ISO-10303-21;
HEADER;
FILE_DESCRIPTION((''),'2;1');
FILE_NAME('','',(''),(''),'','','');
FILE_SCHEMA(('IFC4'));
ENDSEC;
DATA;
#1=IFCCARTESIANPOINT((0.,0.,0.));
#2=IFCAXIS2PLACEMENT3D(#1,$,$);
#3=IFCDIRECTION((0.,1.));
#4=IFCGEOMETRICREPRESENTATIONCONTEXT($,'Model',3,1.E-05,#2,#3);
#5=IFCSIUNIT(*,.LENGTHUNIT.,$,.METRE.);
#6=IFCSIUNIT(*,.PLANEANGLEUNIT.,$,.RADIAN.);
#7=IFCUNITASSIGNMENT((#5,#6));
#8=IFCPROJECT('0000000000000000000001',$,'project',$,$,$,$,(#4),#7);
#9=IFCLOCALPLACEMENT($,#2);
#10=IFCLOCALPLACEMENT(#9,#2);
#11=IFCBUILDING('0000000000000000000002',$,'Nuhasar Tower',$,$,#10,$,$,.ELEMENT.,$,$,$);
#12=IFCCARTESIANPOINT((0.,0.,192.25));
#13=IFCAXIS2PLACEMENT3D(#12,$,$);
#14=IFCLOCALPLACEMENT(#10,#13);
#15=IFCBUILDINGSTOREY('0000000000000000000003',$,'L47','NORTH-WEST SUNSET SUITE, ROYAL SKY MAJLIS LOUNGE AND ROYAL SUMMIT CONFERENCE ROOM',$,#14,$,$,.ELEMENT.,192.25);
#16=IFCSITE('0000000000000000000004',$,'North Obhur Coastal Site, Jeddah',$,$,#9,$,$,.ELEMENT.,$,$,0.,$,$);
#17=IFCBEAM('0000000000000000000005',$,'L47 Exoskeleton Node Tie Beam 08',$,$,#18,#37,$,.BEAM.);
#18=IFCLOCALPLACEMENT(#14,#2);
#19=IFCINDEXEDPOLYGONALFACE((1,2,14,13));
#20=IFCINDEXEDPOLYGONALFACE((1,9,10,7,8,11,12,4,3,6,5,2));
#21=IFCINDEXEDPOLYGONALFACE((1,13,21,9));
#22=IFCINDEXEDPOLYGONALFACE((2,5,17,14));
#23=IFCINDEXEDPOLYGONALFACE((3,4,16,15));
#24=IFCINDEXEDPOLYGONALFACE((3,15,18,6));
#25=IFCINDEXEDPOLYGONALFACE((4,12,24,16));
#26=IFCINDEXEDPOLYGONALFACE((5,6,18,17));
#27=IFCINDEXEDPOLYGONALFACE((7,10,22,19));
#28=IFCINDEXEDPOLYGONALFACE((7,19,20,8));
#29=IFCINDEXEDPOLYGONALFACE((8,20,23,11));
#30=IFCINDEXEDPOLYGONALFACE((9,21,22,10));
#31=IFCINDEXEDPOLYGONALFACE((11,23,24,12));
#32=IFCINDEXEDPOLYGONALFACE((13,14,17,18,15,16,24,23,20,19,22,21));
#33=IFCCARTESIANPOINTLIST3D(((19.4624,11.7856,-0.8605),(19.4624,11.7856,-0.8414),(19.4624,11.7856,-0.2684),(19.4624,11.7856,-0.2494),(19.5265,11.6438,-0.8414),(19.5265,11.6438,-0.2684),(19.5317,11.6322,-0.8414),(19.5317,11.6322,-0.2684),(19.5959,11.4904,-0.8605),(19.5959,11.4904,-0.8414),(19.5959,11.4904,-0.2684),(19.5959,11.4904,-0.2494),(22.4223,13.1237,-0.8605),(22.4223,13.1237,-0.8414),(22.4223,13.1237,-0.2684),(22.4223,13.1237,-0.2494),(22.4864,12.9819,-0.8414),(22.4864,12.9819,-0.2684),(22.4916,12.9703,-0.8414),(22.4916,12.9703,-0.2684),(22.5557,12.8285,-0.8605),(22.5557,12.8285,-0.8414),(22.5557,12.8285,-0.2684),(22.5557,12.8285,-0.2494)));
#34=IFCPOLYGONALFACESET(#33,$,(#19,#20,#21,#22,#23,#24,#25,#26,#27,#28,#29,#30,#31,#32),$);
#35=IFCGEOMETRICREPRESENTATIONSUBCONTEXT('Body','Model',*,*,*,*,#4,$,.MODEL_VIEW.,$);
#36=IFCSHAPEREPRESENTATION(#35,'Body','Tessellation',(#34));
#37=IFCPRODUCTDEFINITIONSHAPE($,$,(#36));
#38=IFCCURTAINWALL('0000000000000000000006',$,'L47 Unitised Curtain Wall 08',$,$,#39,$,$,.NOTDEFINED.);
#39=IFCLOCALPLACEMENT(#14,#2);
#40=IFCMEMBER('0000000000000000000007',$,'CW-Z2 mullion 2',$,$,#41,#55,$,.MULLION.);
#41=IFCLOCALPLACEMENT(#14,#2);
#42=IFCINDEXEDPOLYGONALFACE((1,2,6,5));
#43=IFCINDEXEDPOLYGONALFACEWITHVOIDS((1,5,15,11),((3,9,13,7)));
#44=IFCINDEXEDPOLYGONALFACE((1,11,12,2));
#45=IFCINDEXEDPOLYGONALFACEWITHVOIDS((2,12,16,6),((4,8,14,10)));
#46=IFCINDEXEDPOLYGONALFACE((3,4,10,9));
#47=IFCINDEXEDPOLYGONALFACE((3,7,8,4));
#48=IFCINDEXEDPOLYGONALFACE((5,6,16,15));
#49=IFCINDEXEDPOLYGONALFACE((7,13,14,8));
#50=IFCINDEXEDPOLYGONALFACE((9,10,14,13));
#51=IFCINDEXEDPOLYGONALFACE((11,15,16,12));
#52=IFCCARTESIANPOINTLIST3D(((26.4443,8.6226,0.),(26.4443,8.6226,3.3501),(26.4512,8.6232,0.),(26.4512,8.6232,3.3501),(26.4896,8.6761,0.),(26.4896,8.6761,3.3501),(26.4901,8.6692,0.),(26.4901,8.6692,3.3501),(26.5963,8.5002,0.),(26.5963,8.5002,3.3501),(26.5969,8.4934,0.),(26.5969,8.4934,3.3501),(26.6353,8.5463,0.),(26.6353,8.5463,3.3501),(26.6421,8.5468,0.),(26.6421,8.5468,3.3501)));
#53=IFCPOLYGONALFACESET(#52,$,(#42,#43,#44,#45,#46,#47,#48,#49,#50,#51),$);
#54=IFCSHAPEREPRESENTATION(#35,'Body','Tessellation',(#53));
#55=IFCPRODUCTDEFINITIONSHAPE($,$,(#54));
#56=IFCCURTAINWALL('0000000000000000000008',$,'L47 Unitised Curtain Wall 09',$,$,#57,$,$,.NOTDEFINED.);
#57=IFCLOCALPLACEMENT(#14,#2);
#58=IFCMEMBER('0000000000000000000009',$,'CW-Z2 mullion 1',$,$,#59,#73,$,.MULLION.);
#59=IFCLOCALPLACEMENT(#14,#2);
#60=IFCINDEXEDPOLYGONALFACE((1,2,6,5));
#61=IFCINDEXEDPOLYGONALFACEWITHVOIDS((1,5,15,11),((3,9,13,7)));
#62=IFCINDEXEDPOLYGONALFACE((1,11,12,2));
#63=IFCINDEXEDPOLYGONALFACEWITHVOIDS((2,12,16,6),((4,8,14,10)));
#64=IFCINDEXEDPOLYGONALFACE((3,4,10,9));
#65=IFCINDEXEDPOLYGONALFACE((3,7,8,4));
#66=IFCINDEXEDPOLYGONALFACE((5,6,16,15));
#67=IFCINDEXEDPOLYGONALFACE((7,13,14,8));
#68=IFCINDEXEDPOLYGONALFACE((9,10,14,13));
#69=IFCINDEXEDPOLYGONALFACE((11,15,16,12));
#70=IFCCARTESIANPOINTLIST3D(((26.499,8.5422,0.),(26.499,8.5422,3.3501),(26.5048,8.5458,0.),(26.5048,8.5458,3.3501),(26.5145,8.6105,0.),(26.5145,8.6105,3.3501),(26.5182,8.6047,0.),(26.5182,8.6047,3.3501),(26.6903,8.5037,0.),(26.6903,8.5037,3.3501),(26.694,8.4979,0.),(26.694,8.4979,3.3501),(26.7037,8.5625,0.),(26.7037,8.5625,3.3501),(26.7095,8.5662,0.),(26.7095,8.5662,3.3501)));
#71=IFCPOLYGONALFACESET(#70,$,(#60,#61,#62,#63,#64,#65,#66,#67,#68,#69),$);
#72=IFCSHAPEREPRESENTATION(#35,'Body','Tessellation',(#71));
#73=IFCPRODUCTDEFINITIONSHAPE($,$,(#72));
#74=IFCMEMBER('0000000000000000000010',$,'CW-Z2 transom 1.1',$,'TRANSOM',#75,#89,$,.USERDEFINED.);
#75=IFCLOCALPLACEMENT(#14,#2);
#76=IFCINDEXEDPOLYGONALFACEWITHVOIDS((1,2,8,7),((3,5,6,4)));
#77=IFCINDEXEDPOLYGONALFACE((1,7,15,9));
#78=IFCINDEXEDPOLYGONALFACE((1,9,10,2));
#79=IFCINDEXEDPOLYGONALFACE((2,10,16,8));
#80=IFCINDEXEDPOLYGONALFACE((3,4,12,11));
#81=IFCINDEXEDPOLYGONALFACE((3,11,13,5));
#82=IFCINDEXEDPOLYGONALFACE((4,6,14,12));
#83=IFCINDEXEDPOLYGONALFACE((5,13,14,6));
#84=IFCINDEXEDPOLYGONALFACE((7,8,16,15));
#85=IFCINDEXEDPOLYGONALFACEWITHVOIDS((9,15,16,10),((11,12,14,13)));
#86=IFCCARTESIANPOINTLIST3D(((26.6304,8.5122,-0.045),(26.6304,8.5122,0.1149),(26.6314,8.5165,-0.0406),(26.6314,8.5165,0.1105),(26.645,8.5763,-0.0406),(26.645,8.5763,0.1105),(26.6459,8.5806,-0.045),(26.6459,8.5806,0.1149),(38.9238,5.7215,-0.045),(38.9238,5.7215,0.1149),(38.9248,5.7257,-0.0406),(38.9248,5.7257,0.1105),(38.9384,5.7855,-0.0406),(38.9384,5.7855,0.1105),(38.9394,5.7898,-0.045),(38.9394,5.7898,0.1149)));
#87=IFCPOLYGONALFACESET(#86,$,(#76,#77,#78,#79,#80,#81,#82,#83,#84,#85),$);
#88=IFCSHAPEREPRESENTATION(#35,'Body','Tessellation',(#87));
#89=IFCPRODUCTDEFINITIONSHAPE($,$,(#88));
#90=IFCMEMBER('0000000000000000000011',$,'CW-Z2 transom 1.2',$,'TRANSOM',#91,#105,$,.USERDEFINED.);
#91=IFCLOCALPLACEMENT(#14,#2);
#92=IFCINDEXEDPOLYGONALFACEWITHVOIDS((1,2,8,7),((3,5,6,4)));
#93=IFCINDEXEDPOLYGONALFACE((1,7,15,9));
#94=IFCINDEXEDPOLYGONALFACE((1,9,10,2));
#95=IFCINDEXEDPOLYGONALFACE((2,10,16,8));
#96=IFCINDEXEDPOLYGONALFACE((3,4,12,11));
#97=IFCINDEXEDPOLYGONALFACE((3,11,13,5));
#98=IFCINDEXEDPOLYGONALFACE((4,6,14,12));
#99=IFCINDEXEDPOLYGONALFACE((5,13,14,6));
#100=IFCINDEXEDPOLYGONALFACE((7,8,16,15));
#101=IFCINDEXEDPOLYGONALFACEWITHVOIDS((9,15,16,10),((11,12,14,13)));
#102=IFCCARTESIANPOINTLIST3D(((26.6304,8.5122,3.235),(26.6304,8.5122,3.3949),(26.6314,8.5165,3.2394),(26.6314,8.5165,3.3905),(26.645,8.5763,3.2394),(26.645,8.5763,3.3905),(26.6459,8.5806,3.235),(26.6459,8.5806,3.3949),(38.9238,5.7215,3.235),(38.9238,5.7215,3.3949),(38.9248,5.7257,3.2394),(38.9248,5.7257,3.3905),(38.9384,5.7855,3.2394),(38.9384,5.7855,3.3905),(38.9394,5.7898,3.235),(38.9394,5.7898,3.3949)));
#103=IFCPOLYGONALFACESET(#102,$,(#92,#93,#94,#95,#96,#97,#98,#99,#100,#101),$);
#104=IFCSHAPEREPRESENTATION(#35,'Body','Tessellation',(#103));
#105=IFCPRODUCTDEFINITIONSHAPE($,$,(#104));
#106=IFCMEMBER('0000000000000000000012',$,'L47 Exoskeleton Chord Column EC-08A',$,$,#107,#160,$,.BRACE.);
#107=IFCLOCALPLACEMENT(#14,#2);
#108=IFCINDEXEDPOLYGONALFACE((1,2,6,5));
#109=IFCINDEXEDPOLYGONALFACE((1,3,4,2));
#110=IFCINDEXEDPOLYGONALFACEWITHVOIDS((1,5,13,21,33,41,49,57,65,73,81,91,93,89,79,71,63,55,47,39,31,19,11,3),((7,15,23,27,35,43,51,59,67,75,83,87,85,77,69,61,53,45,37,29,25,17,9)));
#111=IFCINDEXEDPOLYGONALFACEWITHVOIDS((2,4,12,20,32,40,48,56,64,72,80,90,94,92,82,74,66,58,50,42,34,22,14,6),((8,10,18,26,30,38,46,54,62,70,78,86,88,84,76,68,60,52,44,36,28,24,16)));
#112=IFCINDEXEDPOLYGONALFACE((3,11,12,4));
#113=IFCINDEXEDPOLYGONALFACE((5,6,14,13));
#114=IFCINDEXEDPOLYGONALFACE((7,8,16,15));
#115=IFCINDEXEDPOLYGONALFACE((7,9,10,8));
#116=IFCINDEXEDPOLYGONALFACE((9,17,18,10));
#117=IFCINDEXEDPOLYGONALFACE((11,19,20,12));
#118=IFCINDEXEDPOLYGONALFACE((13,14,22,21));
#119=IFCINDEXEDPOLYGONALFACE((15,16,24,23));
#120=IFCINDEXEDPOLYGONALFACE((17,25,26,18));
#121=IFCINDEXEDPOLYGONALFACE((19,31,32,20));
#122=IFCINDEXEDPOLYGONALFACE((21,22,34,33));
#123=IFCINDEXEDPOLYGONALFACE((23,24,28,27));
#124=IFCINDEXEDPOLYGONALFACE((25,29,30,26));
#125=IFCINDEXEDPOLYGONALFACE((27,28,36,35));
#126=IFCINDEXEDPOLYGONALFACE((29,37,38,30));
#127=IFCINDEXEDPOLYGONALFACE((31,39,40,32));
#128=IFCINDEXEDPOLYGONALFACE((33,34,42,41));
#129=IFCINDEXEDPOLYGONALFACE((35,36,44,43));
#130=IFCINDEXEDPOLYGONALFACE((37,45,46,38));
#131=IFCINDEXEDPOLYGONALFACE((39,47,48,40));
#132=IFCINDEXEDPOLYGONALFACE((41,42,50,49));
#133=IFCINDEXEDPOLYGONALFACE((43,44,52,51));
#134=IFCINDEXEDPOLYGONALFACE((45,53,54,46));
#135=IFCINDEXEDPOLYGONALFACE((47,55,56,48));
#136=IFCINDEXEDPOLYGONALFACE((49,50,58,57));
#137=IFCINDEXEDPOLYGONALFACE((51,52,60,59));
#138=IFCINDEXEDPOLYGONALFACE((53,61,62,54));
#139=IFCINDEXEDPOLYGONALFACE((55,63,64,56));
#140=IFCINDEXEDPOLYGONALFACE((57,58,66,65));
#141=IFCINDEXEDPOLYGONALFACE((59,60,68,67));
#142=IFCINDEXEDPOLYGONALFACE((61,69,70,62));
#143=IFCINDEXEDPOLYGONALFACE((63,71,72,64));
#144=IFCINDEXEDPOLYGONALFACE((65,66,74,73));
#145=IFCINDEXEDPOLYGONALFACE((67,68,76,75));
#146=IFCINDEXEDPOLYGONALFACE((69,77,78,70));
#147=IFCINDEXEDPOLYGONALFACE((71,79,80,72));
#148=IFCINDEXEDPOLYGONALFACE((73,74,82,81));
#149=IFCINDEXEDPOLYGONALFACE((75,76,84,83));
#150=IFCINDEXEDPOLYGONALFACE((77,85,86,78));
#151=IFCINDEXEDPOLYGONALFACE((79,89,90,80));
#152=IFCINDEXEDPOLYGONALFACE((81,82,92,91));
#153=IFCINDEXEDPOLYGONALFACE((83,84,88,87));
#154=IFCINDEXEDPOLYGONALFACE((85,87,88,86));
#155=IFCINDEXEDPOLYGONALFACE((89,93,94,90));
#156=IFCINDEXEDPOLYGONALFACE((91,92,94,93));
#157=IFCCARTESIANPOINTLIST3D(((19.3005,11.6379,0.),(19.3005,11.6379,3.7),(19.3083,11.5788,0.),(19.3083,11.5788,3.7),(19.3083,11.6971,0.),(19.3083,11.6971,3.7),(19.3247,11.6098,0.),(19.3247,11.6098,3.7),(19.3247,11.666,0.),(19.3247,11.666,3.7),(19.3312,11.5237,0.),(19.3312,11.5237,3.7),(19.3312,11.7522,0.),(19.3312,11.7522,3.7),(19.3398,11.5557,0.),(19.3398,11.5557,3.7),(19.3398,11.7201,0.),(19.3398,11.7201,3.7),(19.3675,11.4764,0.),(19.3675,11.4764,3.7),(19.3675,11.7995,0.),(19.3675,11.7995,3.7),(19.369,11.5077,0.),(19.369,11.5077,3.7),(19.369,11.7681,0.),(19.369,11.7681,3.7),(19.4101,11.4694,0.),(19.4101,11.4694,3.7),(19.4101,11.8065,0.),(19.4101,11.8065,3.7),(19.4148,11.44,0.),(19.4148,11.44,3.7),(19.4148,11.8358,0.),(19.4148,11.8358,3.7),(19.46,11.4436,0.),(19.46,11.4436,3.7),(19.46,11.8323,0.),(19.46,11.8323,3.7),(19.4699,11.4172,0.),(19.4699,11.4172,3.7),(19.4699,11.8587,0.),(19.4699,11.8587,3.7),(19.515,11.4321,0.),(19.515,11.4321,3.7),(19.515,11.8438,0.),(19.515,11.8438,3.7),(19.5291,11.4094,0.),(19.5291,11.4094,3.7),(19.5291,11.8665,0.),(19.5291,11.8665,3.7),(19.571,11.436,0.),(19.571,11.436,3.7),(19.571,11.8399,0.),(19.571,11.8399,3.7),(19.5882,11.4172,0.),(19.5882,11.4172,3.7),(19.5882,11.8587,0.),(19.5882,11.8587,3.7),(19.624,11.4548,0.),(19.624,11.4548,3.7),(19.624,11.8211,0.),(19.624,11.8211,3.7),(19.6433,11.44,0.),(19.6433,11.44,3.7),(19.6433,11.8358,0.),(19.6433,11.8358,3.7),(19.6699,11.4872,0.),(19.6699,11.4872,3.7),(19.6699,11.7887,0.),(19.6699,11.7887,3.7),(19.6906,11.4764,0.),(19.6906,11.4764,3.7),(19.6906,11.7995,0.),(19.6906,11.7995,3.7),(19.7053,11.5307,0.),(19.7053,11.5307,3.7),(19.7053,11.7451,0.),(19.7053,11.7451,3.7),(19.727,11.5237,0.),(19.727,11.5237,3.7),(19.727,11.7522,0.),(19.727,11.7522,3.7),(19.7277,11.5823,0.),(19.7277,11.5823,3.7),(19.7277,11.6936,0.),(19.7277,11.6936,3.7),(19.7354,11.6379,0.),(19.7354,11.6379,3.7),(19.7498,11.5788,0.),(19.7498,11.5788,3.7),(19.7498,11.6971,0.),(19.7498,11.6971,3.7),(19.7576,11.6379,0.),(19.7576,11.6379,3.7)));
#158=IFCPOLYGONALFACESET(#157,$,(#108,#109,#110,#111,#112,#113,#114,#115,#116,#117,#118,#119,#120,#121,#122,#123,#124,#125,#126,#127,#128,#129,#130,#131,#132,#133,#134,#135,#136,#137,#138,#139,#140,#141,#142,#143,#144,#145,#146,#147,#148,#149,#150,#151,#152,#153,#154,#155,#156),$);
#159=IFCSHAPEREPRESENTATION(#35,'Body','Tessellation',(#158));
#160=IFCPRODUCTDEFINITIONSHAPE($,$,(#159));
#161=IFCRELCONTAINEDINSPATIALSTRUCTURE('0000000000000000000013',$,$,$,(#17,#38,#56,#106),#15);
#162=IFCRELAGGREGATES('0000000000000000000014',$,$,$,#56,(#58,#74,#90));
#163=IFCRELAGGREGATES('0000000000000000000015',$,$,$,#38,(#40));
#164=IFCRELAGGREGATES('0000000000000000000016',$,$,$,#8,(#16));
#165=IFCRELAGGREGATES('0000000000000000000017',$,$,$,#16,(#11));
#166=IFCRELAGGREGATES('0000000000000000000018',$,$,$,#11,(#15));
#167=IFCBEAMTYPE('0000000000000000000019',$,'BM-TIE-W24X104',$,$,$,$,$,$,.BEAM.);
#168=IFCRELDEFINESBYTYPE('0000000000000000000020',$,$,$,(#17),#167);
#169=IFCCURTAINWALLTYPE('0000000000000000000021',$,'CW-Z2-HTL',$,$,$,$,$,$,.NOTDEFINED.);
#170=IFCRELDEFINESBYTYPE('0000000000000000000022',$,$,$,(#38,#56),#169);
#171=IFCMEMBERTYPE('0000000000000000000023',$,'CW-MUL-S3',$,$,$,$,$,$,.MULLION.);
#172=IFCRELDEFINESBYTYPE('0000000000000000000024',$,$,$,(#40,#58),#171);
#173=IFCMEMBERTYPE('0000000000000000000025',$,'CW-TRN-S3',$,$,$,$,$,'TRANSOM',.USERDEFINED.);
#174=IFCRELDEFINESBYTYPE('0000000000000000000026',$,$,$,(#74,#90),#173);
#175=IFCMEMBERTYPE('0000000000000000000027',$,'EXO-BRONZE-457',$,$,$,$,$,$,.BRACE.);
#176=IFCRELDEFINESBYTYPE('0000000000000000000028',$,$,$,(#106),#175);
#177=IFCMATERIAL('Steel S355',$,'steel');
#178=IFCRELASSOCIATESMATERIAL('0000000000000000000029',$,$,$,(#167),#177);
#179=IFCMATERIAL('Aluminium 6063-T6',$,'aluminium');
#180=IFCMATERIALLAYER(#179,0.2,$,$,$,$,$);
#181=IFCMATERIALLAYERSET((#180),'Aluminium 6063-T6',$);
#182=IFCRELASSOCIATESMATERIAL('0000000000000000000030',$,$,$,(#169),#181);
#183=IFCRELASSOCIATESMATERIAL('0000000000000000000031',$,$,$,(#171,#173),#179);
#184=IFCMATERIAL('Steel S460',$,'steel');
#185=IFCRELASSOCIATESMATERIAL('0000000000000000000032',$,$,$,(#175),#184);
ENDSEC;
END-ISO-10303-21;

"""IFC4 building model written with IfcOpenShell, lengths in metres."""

from ifc_helpers import new_model, si_unit, direction, frame, origin, origin_2d, place, context, subcontext, project, spatial, hollow_rectangle, hollow_circle, i_section, extrude, material, layer, layer_set, material_profile, profile_set, type_object, element, aggregate, save


model = new_model("IFC4")

# Units and contexts
model_context = context("Model", 3, precision=1e-05, world=origin(), true_north=direction((0.0, 1.0)))
body_context = subcontext(model_context, "Body", "Model", "MODEL_VIEW")
ifc_project = project(units=[si_unit("LENGTHUNIT", "METRE"), si_unit("PLANEANGLEUNIT", "RADIAN")], contexts=[model_context])

# Site, building, storey
site_placement = place(None, origin())
site = spatial("IfcSite", under=ifc_project, at=site_placement, Name="North Obhur Coastal Site, Jeddah", CompositionType="ELEMENT", RefElevation=0.0)
building_placement = place(site_placement, origin())
building = spatial("IfcBuilding", under=site, at=building_placement, Name="Nuhasar Tower", CompositionType="ELEMENT")
storey_placement = place(building_placement, frame((0.0, 0.0, 192.25)))
storey = spatial("IfcBuildingStorey", under=building, at=storey_placement, Name="L47", Description="NORTH-WEST SUNSET SUITE, ROYAL SKY MAJLIS LOUNGE AND ROYAL SUMMIT CONFERENCE ROOM", CompositionType="ELEMENT", Elevation=192.25)

# Beam
ifc_material_1 = material(Name="Steel S355", Category="steel")
ifc_material_profile_1 = material_profile(ifc_material_1, i_section(OverallWidth=0.324, OverallDepth=0.6111, WebThickness=0.0127, FlangeThickness=0.019, at=origin_2d()), Name="W24X104")
ifc_profile_set_1 = profile_set([ifc_material_profile_1], Name="Steel S355")
beam_type_1 = type_object("IfcBeamType", Name="BM-TIE-W24X104", PredefinedType="BEAM", material=ifc_profile_set_1)
beam_1_placement = place(storey_placement, frame((22.489, 12.9761, -0.5549), z_axis=(-0.911211, -0.411939, 0.0), x_axis=(0.411939, -0.911211, 0.0)))
element("IfcBeam", 1, at=beam_1_placement, inside=storey, type_object=beam_type_1, Name="L47 Exoskeleton Node Tie Beam 08", PredefinedType="BEAM", context=body_context, shape_type="SweptSolid", body=[
    extrude(i_section(OverallWidth=0.324, OverallDepth=0.6111, WebThickness=0.0127, FlangeThickness=0.019, at=origin_2d()), origin(), (0.0, 0.0, 1.0), 3.2483),
])

# Curtain wall, member
ifc_material_2 = material(Name="Aluminium 6063-T6", Category="aluminium")
ifc_layer_1 = layer(ifc_material_2, 0.2)
ifc_layer_set_1 = layer_set([ifc_layer_1], Name="Aluminium 6063-T6")
curtain_wall_type = type_object("IfcCurtainWallType", Name="CW-Z2-HTL", PredefinedType="NOTDEFINED", material=ifc_layer_set_1)
curtain_wall_1_placement = place(storey_placement, origin())
curtain_wall_1 = element("IfcCurtainWall", 2, at=curtain_wall_1_placement, inside=storey, type_object=curtain_wall_type, Name="L47 Unitised Curtain Wall 08", PredefinedType="NOTDEFINED")
ifc_material_profile_2 = material_profile(ifc_material_2, hollow_rectangle(XDim=0.0701, YDim=0.2, WallThickness=0.0049, at=origin_2d()), Name="CWM-3")
ifc_profile_set_2 = profile_set([ifc_material_profile_2], Name="Aluminium 6063-T6")
member_type_1 = type_object("IfcMemberType", Name="CW-MUL-S3", PredefinedType="MULLION", material=ifc_profile_set_2)
member_1_placement = place(storey_placement, frame((26.5432, 8.5847, 0.0), z_axis=(0.0, 0.0, 1.0), x_axis=(0.646374, 0.76302, 0.0)))
member_1 = element("IfcMember", 3, at=member_1_placement, type_object=member_type_1, Name="CW-Z2 mullion 2", PredefinedType="MULLION", context=body_context, shape_type="SweptSolid", body=[
    extrude(hollow_rectangle(XDim=0.0701, YDim=0.2, WallThickness=0.0049, at=origin_2d()), origin(), (0.0, 0.0, 1.0), 3.3501),
])

# Curtain wall, members
curtain_wall_2_placement = place(storey_placement, origin())
curtain_wall_2 = element("IfcCurtainWall", 4, at=curtain_wall_2_placement, inside=storey, type_object=curtain_wall_type, Name="L47 Unitised Curtain Wall 09", PredefinedType="NOTDEFINED")
member_2_placement = place(storey_placement, frame((26.6042, 8.5542, 0.0), z_axis=(0.0, 0.0, 1.0), x_axis=(0.221397, 0.975184, 0.0)))
member_2 = element("IfcMember", 5, at=member_2_placement, type_object=member_type_1, Name="CW-Z2 mullion 1", PredefinedType="MULLION", context=body_context, shape_type="SweptSolid", body=[
    extrude(hollow_rectangle(XDim=0.0701, YDim=0.2, WallThickness=0.0049, at=origin_2d()), origin(), (0.0, 0.0, 1.0), 3.3501),
])
ifc_material_profile_3 = material_profile(ifc_material_2, hollow_rectangle(XDim=0.0701, YDim=0.1599, WallThickness=0.0044, at=origin_2d()), Name="CWT-3")
ifc_profile_set_3 = profile_set([ifc_material_profile_3], Name="Aluminium 6063-T6")
member_type_2 = type_object("IfcMemberType", Name="CW-TRN-S3", ElementType="TRANSOM", PredefinedType="USERDEFINED", material=ifc_profile_set_3)
member_3_placement = place(storey_placement, frame((26.6382, 8.5464, 0.0349), z_axis=(0.975188, -0.22138, 0.0), x_axis=(0.22138, 0.975188, 0.0)))
member_3 = element("IfcMember", 6, at=member_3_placement, type_object=member_type_2, Name="CW-Z2 transom 1.1", ObjectType="TRANSOM", PredefinedType="USERDEFINED", context=body_context, shape_type="SweptSolid", body=[
    extrude(hollow_rectangle(XDim=0.0701, YDim=0.1599, WallThickness=0.0044, at=origin_2d()), origin(), (0.0, 0.0, 1.0), 12.6062),
])
member_4_placement = place(storey_placement, frame((26.6382, 8.5464, 3.3149), z_axis=(0.975188, -0.22138, 0.0), x_axis=(0.22138, 0.975188, 0.0)))
member_4 = element("IfcMember", 7, at=member_4_placement, type_object=member_type_2, Name="CW-Z2 transom 1.2", ObjectType="TRANSOM", PredefinedType="USERDEFINED", context=body_context, shape_type="SweptSolid", body=[
    extrude(hollow_rectangle(XDim=0.0701, YDim=0.1599, WallThickness=0.0044, at=origin_2d()), origin(), (0.0, 0.0, 1.0), 12.6062),
])
aggregate(curtain_wall_2, [member_2, member_3, member_4])

# Member
ifc_material_3 = material(Name="Steel S460", Category="steel")
ifc_material_profile_4 = material_profile(ifc_material_3, hollow_circle(Radius=0.2285, WallThickness=0.0222, at=origin_2d()), Name="HSS457X22.2")
ifc_profile_set_4 = profile_set([ifc_material_profile_4], Name="Steel S460")
member_type_3 = type_object("IfcMemberType", Name="EXO-BRONZE-457", PredefinedType="BRACE", material=ifc_profile_set_4)
for number, where, z_axis, x_axis, name in (
    (8, (19.5291, 11.6379, 0.0), (0.0, 0.0, 1.0), (1.0, 0.0, 0.0), "L47 Exoskeleton Chord Column EC-08A"),
):
    element("IfcMember", number, at=place(storey_placement, frame(where, z_axis=z_axis, x_axis=x_axis)), inside=storey, type_object=member_type_3, Name=name, PredefinedType="BRACE", context=body_context, shape_type="SweptSolid", body=[
        extrude(hollow_circle(Radius=0.2285, WallThickness=0.0222, at=origin_2d()), origin(), (0.0, 0.0, 1.0), 3.7),
    ])

aggregate(curtain_wall_1, [member_1])

save(model, "model.ifc")
